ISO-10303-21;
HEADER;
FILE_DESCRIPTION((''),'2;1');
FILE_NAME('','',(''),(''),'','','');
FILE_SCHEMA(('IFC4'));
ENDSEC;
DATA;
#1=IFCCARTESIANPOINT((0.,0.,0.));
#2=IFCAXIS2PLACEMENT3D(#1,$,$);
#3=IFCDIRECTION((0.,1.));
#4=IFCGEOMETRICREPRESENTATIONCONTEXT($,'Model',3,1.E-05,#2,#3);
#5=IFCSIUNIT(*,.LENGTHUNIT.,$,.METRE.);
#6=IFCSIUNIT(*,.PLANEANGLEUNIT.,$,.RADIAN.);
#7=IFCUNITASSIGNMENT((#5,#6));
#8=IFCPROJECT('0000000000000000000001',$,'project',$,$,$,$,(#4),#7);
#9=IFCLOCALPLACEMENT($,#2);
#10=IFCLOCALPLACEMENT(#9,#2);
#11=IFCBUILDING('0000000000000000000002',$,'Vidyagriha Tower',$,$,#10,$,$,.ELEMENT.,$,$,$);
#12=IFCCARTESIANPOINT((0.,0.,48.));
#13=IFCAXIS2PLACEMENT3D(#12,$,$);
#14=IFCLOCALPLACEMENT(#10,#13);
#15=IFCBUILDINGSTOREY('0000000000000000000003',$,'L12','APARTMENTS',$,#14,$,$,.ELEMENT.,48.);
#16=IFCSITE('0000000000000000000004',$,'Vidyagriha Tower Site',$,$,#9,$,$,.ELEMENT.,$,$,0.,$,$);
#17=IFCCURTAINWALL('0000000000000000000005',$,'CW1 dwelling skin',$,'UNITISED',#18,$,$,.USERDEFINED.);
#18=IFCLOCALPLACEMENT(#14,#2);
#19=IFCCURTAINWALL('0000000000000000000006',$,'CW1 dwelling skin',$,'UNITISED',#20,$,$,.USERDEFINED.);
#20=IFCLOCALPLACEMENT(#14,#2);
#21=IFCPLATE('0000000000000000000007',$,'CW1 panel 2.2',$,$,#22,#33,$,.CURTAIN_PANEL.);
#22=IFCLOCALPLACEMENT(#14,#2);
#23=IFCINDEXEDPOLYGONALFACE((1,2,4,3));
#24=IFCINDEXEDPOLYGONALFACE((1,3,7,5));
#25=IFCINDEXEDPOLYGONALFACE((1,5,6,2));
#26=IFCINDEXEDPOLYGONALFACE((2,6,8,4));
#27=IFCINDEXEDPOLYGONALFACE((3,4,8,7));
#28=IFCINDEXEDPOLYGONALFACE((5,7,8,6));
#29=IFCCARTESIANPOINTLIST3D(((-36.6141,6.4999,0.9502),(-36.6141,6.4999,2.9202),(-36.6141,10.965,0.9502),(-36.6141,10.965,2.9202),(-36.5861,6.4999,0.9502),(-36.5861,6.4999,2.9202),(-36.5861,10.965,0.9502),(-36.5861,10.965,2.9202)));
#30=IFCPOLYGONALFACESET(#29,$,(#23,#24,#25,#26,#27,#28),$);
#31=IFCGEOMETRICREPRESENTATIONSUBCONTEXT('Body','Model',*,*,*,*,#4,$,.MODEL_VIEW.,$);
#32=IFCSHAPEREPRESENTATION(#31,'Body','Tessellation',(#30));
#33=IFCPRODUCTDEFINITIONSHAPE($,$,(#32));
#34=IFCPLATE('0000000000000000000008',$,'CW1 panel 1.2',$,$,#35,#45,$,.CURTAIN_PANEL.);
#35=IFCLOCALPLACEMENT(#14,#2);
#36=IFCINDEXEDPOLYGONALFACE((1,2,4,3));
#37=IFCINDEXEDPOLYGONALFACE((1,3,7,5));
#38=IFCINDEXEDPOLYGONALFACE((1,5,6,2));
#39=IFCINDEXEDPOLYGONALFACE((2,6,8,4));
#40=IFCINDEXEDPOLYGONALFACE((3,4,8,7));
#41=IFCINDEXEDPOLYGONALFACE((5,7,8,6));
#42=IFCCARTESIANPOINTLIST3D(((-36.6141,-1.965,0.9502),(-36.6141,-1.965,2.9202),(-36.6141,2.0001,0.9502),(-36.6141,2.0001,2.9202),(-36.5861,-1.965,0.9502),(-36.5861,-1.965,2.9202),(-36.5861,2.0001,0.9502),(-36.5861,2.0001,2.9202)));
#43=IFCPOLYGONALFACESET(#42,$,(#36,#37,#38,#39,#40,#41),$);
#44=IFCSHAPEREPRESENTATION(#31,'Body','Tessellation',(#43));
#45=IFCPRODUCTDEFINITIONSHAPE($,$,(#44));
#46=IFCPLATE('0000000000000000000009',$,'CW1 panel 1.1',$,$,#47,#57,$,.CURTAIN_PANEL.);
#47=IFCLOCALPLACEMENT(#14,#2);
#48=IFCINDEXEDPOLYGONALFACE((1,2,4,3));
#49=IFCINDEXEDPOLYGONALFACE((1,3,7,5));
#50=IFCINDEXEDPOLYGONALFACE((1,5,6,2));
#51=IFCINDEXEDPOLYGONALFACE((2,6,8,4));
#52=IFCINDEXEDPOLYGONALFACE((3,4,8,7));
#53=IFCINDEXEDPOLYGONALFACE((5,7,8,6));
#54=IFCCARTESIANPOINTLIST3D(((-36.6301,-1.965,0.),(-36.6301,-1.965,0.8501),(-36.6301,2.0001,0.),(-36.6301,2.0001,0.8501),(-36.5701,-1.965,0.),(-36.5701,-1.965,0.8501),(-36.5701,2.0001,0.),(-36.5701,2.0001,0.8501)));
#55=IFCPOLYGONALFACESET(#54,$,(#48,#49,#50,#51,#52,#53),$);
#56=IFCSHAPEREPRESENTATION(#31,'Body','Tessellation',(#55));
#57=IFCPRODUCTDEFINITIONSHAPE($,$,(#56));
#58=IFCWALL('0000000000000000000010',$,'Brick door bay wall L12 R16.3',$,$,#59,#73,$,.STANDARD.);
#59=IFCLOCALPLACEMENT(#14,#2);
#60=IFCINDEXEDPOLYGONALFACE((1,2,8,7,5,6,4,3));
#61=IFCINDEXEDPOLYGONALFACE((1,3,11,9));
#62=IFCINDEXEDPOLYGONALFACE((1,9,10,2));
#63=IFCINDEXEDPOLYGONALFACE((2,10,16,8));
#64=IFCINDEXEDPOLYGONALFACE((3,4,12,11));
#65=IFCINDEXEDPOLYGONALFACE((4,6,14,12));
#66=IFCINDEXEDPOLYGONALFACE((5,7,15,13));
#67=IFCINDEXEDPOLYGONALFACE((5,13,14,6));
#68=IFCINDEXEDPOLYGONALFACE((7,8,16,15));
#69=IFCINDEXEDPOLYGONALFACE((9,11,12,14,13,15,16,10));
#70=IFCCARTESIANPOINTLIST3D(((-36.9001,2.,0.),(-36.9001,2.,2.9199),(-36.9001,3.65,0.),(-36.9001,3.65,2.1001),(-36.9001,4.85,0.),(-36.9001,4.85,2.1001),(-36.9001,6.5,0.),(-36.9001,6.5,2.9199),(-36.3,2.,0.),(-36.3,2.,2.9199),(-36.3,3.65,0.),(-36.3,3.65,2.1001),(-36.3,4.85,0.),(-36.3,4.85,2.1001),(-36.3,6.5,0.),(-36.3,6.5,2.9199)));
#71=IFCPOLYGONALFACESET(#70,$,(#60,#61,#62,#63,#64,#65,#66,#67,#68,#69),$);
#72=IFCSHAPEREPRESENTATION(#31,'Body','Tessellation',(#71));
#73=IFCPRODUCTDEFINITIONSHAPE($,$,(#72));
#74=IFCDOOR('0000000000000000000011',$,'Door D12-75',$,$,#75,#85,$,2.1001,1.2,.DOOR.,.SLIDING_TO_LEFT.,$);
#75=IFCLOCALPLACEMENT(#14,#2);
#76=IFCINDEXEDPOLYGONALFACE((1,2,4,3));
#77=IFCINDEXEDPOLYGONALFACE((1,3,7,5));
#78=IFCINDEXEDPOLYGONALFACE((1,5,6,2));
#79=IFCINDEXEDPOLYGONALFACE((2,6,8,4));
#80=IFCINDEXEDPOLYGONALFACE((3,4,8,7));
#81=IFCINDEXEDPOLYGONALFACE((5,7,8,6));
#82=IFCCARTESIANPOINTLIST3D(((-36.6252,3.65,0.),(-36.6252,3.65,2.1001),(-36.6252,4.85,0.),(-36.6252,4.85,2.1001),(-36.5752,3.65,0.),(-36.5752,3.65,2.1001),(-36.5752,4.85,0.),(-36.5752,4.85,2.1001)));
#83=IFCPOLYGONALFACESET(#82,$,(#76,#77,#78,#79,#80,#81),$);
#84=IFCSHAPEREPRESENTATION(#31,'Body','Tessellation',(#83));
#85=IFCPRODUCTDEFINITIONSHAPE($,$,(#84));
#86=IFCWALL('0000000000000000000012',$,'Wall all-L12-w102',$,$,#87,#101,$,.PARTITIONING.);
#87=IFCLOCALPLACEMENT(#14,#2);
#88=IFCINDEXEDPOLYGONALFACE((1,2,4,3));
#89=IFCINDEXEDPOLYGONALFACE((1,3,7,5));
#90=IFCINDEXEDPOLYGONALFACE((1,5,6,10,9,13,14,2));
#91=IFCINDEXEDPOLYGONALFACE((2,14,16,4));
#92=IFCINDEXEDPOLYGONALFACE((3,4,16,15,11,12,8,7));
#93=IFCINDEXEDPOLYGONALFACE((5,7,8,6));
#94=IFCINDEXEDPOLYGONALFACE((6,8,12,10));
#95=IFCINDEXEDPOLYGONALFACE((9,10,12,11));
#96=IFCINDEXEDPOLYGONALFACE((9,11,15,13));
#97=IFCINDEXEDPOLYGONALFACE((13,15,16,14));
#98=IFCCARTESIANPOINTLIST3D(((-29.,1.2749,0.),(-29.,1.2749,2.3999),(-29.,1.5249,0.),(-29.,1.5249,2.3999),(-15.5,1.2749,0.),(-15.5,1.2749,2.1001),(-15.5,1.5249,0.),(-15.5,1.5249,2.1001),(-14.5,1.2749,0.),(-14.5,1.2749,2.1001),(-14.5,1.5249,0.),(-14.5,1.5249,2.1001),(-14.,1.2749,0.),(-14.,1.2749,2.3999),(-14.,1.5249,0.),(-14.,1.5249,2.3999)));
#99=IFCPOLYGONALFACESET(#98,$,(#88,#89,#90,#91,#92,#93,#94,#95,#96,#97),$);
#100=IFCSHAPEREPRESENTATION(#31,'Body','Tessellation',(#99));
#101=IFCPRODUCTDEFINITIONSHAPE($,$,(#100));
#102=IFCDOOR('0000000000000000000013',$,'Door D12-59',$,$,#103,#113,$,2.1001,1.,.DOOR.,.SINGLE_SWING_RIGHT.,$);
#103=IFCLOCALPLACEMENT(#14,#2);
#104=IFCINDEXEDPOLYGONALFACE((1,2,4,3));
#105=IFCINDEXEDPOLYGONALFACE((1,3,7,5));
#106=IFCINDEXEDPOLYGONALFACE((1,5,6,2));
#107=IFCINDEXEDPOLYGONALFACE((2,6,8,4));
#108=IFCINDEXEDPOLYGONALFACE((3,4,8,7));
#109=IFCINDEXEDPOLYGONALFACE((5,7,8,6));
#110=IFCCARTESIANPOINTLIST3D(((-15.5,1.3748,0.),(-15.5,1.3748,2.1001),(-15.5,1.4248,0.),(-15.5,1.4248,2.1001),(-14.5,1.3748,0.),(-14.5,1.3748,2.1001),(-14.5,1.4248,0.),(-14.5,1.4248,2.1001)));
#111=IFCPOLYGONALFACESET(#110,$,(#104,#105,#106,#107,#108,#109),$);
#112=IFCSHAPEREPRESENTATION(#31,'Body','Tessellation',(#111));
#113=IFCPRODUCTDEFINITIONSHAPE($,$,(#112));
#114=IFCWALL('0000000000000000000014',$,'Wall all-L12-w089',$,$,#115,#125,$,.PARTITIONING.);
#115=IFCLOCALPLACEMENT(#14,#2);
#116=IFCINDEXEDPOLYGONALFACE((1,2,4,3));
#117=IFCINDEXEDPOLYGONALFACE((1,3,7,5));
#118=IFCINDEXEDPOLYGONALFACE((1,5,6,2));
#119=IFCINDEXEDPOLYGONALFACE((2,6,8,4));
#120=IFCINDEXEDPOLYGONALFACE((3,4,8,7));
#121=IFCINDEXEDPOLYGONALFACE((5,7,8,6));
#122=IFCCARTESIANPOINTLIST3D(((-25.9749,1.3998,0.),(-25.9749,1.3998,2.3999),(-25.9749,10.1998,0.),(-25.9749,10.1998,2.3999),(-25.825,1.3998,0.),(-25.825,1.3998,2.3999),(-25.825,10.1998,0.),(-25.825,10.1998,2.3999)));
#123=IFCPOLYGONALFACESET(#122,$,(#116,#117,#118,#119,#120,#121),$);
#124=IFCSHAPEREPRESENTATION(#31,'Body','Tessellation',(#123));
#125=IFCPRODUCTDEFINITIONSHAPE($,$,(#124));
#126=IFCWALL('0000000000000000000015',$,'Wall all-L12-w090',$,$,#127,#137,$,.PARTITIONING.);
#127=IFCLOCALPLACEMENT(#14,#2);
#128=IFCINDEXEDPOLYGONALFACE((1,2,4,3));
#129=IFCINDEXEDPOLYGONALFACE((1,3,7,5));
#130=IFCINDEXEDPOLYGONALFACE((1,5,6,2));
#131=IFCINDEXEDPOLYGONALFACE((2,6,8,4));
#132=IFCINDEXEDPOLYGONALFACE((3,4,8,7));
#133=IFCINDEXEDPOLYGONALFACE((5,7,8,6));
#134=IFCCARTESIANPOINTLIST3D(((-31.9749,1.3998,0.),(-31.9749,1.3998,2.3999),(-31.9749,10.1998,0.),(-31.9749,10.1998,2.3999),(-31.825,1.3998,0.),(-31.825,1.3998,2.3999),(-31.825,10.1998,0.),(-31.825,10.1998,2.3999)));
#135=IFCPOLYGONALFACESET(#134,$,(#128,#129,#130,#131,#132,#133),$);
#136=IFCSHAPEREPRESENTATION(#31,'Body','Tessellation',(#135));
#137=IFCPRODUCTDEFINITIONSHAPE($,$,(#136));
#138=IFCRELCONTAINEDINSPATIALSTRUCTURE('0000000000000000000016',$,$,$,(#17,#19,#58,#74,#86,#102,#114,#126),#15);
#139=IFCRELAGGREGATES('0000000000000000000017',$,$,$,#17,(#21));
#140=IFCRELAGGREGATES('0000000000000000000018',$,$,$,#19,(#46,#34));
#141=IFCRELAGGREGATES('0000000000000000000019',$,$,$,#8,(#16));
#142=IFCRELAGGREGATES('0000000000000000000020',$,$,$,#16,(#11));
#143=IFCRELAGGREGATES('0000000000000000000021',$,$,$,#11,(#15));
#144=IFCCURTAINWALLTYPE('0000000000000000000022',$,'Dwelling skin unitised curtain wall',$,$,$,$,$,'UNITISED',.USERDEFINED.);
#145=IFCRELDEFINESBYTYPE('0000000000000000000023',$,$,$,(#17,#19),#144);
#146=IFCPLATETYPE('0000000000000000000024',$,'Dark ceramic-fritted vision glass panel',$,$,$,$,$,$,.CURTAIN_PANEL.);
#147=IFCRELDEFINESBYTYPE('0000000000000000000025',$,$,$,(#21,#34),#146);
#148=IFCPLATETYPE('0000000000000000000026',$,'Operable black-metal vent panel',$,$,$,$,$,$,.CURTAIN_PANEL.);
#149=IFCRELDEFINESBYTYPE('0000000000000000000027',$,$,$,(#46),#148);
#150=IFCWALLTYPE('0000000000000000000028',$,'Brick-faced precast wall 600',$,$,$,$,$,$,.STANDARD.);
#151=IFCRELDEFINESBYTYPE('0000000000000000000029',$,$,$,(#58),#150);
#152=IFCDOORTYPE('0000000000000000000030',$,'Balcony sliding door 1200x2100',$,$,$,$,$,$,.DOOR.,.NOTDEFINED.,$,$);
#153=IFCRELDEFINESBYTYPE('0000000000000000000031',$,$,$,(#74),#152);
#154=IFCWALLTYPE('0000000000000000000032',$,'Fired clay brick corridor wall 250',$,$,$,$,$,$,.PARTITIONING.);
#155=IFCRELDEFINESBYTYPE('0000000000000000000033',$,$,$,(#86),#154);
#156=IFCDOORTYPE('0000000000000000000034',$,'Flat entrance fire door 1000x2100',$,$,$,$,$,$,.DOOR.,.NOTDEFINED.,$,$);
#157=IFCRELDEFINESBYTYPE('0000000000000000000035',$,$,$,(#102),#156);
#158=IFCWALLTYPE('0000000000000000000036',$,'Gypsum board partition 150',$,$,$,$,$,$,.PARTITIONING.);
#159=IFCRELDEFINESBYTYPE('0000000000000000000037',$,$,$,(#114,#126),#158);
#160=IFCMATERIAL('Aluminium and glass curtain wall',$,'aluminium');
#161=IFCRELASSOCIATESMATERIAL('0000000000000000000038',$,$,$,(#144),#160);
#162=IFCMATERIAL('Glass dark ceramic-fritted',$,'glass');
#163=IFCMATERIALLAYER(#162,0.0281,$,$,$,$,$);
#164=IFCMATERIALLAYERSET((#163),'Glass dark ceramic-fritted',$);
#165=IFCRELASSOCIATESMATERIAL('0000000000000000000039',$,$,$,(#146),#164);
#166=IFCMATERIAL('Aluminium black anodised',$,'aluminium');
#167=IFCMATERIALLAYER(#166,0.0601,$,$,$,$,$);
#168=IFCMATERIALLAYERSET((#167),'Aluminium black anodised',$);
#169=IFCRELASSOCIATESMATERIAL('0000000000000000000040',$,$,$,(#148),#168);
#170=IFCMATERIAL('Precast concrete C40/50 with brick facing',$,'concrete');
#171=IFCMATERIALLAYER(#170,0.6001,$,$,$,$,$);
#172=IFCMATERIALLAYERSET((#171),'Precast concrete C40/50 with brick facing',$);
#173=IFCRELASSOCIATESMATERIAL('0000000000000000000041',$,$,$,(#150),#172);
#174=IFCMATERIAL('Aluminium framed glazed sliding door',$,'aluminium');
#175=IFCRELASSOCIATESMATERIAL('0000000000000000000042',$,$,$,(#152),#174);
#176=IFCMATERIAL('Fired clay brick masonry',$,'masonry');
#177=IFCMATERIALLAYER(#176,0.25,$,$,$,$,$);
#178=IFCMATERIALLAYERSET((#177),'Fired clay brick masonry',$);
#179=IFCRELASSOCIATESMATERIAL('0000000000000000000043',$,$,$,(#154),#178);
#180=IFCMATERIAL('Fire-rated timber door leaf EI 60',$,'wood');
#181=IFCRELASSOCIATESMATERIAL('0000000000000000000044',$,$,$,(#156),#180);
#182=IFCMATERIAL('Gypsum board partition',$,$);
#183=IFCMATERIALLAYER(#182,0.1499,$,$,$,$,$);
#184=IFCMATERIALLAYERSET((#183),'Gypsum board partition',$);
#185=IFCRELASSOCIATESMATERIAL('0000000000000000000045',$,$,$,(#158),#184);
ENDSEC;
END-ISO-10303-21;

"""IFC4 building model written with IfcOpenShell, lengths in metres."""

from ifc_helpers import new_model, si_unit, direction, frame, frame_2d, origin, origin_2d, place, context, subcontext, project, spatial, rectangle, extrude, material, layer, layer_set, type_object, element, fill, aggregate, save


model = new_model("IFC4")

# Units and contexts
model_context = context("Model", 3, precision=1e-05, world=origin(), true_north=direction((0.0, 1.0)))
body_context = subcontext(model_context, "Body", "Model", "MODEL_VIEW")
ifc_project = project(units=[si_unit("LENGTHUNIT", "METRE"), si_unit("PLANEANGLEUNIT", "RADIAN")], contexts=[model_context])

# Site, building, storey
site_placement = place(None, origin())
site = spatial("IfcSite", under=ifc_project, at=site_placement, Name="Vidyagriha Tower Site", CompositionType="ELEMENT", RefElevation=0.0)
building_placement = place(site_placement, origin())
building = spatial("IfcBuilding", under=site, at=building_placement, Name="Vidyagriha Tower", CompositionType="ELEMENT")
storey_placement = place(building_placement, frame((0.0, 0.0, 48.0)))
storey = spatial("IfcBuildingStorey", under=building, at=storey_placement, Name="L12", Description="APARTMENTS", CompositionType="ELEMENT", Elevation=48.0)

# Curtain wall
ifc_material_1 = material(Name="Aluminium and glass curtain wall", Category="aluminium")
curtain_wall_type = type_object("IfcCurtainWallType", Name="Dwelling skin unitised curtain wall", ElementType="UNITISED", PredefinedType="USERDEFINED", material=ifc_material_1)
curtain_wall_1_placement = place(storey_placement, origin())
curtain_wall_1 = element("IfcCurtainWall", 1, at=curtain_wall_1_placement, inside=storey, type_object=curtain_wall_type, Name="CW1 dwelling skin", ObjectType="UNITISED", PredefinedType="USERDEFINED")

# Curtain wall
curtain_wall_2_placement = place(storey_placement, origin())
curtain_wall_2 = element("IfcCurtainWall", 2, at=curtain_wall_2_placement, inside=storey, type_object=curtain_wall_type, Name="CW1 dwelling skin", ObjectType="UNITISED", PredefinedType="USERDEFINED")

# Plates
ifc_material_2 = material(Name="Glass dark ceramic-fritted", Category="glass")
ifc_layer_1 = layer(ifc_material_2, 0.0281)
ifc_layer_set_1 = layer_set([ifc_layer_1], Name="Glass dark ceramic-fritted")
plate_type_1 = type_object("IfcPlateType", Name="Dark ceramic-fritted vision glass panel", PredefinedType="CURTAIN_PANEL", material=ifc_layer_set_1)
plate_1_placement = place(storey_placement, frame((-36.6001, 8.7324, 0.9502), z_axis=(0.0, 0.0, 1.0), x_axis=(0.0, -1.0, 0.0)))
plate_1 = element("IfcPlate", 3, at=plate_1_placement, type_object=plate_type_1, Name="CW1 panel 2.2", PredefinedType="CURTAIN_PANEL", context=body_context, shape_type="SweptSolid", body=[
    extrude(rectangle(XDim=4.4651, YDim=0.0281, at=origin_2d()), origin(), (0.0, 0.0, 1.0), 1.97),
])
aggregate(curtain_wall_1, [plate_1])
plate_2_placement = place(storey_placement, frame((-36.6001, 0.0176, 0.9502), z_axis=(0.0, 0.0, 1.0), x_axis=(0.0, -1.0, 0.0)))
plate_2 = element("IfcPlate", 4, at=plate_2_placement, type_object=plate_type_1, Name="CW1 panel 1.2", PredefinedType="CURTAIN_PANEL", context=body_context, shape_type="SweptSolid", body=[
    extrude(rectangle(XDim=3.9651, YDim=0.0281, at=origin_2d()), origin(), (0.0, 0.0, 1.0), 1.97),
])
ifc_material_3 = material(Name="Aluminium black anodised", Category="aluminium")
ifc_layer_2 = layer(ifc_material_3, 0.0601)
ifc_layer_set_2 = layer_set([ifc_layer_2], Name="Aluminium black anodised")
plate_type_2 = type_object("IfcPlateType", Name="Operable black-metal vent panel", PredefinedType="CURTAIN_PANEL", material=ifc_layer_set_2)
plate_3_placement = place(storey_placement, frame((-36.6001, 0.0176, 0.0), z_axis=(0.0, 0.0, 1.0), x_axis=(0.0, -1.0, 0.0)))
plate_3 = element("IfcPlate", 5, at=plate_3_placement, type_object=plate_type_2, Name="CW1 panel 1.1", PredefinedType="CURTAIN_PANEL", context=body_context, shape_type="SweptSolid", body=[
    extrude(rectangle(XDim=3.9651, YDim=0.0601, at=origin_2d()), origin(), (0.0, 0.0, 1.0), 0.8501),
])
aggregate(curtain_wall_2, [plate_3, plate_2])

# Walls, openings, doors
ifc_material_4 = material(Name="Precast concrete C40/50 with brick facing", Category="concrete")
ifc_layer_3 = layer(ifc_material_4, 0.6001)
ifc_layer_set_3 = layer_set([ifc_layer_3], Name="Precast concrete C40/50 with brick facing")
wall_type_1 = type_object("IfcWallType", Name="Brick-faced precast wall 600", PredefinedType="STANDARD", material=ifc_layer_set_3)
wall_1_placement = place(storey_placement, frame((-36.6001, 6.5, 0.0), z_axis=(0.0, 0.0, 1.0), x_axis=(0.0, -1.0, 0.0)))
wall_1 = element("IfcWall", 6, at=wall_1_placement, inside=storey, type_object=wall_type_1, Name="Brick door bay wall L12 R16.3", PredefinedType="STANDARD", context=body_context, shape_type="SweptSolid", body=[
    extrude(rectangle(XDim=4.5, YDim=0.6001, at=frame_2d((2.25, 0.0))), origin(), (0.0, 0.0, 1.0), 2.9199),
])
opening_1_placement = place(wall_1_placement, frame((1.6499, 0.0, 0.0)))
opening_1 = element("IfcOpeningElement", 7, at=opening_1_placement, cuts=wall_1, PredefinedType="OPENING", context=body_context, shape_type="SweptSolid", body=[
    extrude(rectangle(XDim=1.2, YDim=2.1001, at=frame_2d((0.6001, 1.05))), frame((0.0, 0.3101, 0.0), z_axis=(0.0, -1.0, 0.0), x_axis=(1.0, 0.0, 0.0)), (0.0, 0.0, 1.0), 0.6201),
])
ifc_material_5 = material(Name="Aluminium framed glazed sliding door", Category="aluminium")
door_type_1 = type_object("IfcDoorType", Name="Balcony sliding door 1200x2100", OperationType="NOTDEFINED", PredefinedType="DOOR", material=ifc_material_5)
door_1_placement = place(opening_1_placement, origin())
door_1 = element("IfcDoor", 8, at=door_1_placement, inside=storey, type_object=door_type_1, Name="Door D12-75", OperationType="SLIDING_TO_LEFT", OverallHeight=2.1001, OverallWidth=1.2, PredefinedType="DOOR", context=body_context, shape_type="SweptSolid", body=[
    extrude(rectangle(XDim=1.2, YDim=2.1001, at=frame_2d((0.6001, 1.05))), frame((0.0, 0.0249, 0.0), z_axis=(0.0, -1.0, 0.0), x_axis=(1.0, 0.0, 0.0)), (0.0, 0.0, 1.0), 0.05),
])
fill(opening_1, door_1)
ifc_material_6 = material(Name="Fired clay brick masonry", Category="masonry")
ifc_layer_4 = layer(ifc_material_6, 0.25)
ifc_layer_set_4 = layer_set([ifc_layer_4], Name="Fired clay brick masonry")
wall_type_2 = type_object("IfcWallType", Name="Fired clay brick corridor wall 250", PredefinedType="PARTITIONING", material=ifc_layer_set_4)
wall_2_placement = place(storey_placement, frame((-29.0, 1.3999, 0.0)))
wall_2 = element("IfcWall", 9, at=wall_2_placement, inside=storey, type_object=wall_type_2, Name="Wall all-L12-w102", PredefinedType="PARTITIONING", context=body_context, shape_type="SweptSolid", body=[
    extrude(rectangle(XDim=15.0, YDim=0.25, at=frame_2d((7.5, 0.0))), origin(), (0.0, 0.0, 1.0), 2.3999),
])
opening_2_placement = place(wall_2_placement, frame((13.5, 0.0, 0.0)))
opening_2 = element("IfcOpeningElement", 10, at=opening_2_placement, cuts=wall_2, PredefinedType="OPENING", context=body_context, shape_type="SweptSolid", body=[
    extrude(rectangle(XDim=1.0, YDim=2.1001, at=frame_2d((0.5, 1.05))), frame((0.0, 0.135, 0.0), z_axis=(0.0, -1.0, 0.0), x_axis=(1.0, 0.0, 0.0)), (0.0, 0.0, 1.0), 0.27),
])
ifc_material_7 = material(Name="Fire-rated timber door leaf EI 60", Category="wood")
door_type_2 = type_object("IfcDoorType", Name="Flat entrance fire door 1000x2100", OperationType="NOTDEFINED", PredefinedType="DOOR", material=ifc_material_7)
door_2_placement = place(opening_2_placement, origin())
door_2 = element("IfcDoor", 11, at=door_2_placement, inside=storey, type_object=door_type_2, Name="Door D12-59", OperationType="SINGLE_SWING_RIGHT", OverallHeight=2.1001, OverallWidth=1.0, PredefinedType="DOOR", context=body_context, shape_type="SweptSolid", body=[
    extrude(rectangle(XDim=1.0, YDim=2.1001, at=frame_2d((0.5, 1.05))), frame((0.0, 0.0249, 0.0), z_axis=(0.0, -1.0, 0.0), x_axis=(1.0, 0.0, 0.0)), (0.0, 0.0, 1.0), 0.05),
])
fill(opening_2, door_2)

# Walls
ifc_material_8 = material(Name="Gypsum board partition")
ifc_layer_5 = layer(ifc_material_8, 0.1499)
ifc_layer_set_5 = layer_set([ifc_layer_5], Name="Gypsum board partition")
wall_type_3 = type_object("IfcWallType", Name="Gypsum board partition 150", PredefinedType="PARTITIONING", material=ifc_layer_set_5)
for number, where, z_axis, x_axis, name in (
    (12, (-25.8999, 1.3999, 0.0), (0.0, 0.0, 1.0), (0.0, 1.0, 0.0), "Wall all-L12-w089"),
    (13, (-31.8999, 1.3999, 0.0), (0.0, 0.0, 1.0), (0.0, 1.0, 0.0), "Wall all-L12-w090"),
):
    element("IfcWall", number, at=place(storey_placement, frame(where, z_axis=z_axis, x_axis=x_axis)), inside=storey, type_object=wall_type_3, Name=name, PredefinedType="PARTITIONING", context=body_context, shape_type="SweptSolid", body=[
        extrude(rectangle(XDim=8.8, YDim=0.1499, at=frame_2d((4.3999, 0.0))), origin(), (0.0, 0.0, 1.0), 2.3999),
    ])

save(model, "model.ifc")
